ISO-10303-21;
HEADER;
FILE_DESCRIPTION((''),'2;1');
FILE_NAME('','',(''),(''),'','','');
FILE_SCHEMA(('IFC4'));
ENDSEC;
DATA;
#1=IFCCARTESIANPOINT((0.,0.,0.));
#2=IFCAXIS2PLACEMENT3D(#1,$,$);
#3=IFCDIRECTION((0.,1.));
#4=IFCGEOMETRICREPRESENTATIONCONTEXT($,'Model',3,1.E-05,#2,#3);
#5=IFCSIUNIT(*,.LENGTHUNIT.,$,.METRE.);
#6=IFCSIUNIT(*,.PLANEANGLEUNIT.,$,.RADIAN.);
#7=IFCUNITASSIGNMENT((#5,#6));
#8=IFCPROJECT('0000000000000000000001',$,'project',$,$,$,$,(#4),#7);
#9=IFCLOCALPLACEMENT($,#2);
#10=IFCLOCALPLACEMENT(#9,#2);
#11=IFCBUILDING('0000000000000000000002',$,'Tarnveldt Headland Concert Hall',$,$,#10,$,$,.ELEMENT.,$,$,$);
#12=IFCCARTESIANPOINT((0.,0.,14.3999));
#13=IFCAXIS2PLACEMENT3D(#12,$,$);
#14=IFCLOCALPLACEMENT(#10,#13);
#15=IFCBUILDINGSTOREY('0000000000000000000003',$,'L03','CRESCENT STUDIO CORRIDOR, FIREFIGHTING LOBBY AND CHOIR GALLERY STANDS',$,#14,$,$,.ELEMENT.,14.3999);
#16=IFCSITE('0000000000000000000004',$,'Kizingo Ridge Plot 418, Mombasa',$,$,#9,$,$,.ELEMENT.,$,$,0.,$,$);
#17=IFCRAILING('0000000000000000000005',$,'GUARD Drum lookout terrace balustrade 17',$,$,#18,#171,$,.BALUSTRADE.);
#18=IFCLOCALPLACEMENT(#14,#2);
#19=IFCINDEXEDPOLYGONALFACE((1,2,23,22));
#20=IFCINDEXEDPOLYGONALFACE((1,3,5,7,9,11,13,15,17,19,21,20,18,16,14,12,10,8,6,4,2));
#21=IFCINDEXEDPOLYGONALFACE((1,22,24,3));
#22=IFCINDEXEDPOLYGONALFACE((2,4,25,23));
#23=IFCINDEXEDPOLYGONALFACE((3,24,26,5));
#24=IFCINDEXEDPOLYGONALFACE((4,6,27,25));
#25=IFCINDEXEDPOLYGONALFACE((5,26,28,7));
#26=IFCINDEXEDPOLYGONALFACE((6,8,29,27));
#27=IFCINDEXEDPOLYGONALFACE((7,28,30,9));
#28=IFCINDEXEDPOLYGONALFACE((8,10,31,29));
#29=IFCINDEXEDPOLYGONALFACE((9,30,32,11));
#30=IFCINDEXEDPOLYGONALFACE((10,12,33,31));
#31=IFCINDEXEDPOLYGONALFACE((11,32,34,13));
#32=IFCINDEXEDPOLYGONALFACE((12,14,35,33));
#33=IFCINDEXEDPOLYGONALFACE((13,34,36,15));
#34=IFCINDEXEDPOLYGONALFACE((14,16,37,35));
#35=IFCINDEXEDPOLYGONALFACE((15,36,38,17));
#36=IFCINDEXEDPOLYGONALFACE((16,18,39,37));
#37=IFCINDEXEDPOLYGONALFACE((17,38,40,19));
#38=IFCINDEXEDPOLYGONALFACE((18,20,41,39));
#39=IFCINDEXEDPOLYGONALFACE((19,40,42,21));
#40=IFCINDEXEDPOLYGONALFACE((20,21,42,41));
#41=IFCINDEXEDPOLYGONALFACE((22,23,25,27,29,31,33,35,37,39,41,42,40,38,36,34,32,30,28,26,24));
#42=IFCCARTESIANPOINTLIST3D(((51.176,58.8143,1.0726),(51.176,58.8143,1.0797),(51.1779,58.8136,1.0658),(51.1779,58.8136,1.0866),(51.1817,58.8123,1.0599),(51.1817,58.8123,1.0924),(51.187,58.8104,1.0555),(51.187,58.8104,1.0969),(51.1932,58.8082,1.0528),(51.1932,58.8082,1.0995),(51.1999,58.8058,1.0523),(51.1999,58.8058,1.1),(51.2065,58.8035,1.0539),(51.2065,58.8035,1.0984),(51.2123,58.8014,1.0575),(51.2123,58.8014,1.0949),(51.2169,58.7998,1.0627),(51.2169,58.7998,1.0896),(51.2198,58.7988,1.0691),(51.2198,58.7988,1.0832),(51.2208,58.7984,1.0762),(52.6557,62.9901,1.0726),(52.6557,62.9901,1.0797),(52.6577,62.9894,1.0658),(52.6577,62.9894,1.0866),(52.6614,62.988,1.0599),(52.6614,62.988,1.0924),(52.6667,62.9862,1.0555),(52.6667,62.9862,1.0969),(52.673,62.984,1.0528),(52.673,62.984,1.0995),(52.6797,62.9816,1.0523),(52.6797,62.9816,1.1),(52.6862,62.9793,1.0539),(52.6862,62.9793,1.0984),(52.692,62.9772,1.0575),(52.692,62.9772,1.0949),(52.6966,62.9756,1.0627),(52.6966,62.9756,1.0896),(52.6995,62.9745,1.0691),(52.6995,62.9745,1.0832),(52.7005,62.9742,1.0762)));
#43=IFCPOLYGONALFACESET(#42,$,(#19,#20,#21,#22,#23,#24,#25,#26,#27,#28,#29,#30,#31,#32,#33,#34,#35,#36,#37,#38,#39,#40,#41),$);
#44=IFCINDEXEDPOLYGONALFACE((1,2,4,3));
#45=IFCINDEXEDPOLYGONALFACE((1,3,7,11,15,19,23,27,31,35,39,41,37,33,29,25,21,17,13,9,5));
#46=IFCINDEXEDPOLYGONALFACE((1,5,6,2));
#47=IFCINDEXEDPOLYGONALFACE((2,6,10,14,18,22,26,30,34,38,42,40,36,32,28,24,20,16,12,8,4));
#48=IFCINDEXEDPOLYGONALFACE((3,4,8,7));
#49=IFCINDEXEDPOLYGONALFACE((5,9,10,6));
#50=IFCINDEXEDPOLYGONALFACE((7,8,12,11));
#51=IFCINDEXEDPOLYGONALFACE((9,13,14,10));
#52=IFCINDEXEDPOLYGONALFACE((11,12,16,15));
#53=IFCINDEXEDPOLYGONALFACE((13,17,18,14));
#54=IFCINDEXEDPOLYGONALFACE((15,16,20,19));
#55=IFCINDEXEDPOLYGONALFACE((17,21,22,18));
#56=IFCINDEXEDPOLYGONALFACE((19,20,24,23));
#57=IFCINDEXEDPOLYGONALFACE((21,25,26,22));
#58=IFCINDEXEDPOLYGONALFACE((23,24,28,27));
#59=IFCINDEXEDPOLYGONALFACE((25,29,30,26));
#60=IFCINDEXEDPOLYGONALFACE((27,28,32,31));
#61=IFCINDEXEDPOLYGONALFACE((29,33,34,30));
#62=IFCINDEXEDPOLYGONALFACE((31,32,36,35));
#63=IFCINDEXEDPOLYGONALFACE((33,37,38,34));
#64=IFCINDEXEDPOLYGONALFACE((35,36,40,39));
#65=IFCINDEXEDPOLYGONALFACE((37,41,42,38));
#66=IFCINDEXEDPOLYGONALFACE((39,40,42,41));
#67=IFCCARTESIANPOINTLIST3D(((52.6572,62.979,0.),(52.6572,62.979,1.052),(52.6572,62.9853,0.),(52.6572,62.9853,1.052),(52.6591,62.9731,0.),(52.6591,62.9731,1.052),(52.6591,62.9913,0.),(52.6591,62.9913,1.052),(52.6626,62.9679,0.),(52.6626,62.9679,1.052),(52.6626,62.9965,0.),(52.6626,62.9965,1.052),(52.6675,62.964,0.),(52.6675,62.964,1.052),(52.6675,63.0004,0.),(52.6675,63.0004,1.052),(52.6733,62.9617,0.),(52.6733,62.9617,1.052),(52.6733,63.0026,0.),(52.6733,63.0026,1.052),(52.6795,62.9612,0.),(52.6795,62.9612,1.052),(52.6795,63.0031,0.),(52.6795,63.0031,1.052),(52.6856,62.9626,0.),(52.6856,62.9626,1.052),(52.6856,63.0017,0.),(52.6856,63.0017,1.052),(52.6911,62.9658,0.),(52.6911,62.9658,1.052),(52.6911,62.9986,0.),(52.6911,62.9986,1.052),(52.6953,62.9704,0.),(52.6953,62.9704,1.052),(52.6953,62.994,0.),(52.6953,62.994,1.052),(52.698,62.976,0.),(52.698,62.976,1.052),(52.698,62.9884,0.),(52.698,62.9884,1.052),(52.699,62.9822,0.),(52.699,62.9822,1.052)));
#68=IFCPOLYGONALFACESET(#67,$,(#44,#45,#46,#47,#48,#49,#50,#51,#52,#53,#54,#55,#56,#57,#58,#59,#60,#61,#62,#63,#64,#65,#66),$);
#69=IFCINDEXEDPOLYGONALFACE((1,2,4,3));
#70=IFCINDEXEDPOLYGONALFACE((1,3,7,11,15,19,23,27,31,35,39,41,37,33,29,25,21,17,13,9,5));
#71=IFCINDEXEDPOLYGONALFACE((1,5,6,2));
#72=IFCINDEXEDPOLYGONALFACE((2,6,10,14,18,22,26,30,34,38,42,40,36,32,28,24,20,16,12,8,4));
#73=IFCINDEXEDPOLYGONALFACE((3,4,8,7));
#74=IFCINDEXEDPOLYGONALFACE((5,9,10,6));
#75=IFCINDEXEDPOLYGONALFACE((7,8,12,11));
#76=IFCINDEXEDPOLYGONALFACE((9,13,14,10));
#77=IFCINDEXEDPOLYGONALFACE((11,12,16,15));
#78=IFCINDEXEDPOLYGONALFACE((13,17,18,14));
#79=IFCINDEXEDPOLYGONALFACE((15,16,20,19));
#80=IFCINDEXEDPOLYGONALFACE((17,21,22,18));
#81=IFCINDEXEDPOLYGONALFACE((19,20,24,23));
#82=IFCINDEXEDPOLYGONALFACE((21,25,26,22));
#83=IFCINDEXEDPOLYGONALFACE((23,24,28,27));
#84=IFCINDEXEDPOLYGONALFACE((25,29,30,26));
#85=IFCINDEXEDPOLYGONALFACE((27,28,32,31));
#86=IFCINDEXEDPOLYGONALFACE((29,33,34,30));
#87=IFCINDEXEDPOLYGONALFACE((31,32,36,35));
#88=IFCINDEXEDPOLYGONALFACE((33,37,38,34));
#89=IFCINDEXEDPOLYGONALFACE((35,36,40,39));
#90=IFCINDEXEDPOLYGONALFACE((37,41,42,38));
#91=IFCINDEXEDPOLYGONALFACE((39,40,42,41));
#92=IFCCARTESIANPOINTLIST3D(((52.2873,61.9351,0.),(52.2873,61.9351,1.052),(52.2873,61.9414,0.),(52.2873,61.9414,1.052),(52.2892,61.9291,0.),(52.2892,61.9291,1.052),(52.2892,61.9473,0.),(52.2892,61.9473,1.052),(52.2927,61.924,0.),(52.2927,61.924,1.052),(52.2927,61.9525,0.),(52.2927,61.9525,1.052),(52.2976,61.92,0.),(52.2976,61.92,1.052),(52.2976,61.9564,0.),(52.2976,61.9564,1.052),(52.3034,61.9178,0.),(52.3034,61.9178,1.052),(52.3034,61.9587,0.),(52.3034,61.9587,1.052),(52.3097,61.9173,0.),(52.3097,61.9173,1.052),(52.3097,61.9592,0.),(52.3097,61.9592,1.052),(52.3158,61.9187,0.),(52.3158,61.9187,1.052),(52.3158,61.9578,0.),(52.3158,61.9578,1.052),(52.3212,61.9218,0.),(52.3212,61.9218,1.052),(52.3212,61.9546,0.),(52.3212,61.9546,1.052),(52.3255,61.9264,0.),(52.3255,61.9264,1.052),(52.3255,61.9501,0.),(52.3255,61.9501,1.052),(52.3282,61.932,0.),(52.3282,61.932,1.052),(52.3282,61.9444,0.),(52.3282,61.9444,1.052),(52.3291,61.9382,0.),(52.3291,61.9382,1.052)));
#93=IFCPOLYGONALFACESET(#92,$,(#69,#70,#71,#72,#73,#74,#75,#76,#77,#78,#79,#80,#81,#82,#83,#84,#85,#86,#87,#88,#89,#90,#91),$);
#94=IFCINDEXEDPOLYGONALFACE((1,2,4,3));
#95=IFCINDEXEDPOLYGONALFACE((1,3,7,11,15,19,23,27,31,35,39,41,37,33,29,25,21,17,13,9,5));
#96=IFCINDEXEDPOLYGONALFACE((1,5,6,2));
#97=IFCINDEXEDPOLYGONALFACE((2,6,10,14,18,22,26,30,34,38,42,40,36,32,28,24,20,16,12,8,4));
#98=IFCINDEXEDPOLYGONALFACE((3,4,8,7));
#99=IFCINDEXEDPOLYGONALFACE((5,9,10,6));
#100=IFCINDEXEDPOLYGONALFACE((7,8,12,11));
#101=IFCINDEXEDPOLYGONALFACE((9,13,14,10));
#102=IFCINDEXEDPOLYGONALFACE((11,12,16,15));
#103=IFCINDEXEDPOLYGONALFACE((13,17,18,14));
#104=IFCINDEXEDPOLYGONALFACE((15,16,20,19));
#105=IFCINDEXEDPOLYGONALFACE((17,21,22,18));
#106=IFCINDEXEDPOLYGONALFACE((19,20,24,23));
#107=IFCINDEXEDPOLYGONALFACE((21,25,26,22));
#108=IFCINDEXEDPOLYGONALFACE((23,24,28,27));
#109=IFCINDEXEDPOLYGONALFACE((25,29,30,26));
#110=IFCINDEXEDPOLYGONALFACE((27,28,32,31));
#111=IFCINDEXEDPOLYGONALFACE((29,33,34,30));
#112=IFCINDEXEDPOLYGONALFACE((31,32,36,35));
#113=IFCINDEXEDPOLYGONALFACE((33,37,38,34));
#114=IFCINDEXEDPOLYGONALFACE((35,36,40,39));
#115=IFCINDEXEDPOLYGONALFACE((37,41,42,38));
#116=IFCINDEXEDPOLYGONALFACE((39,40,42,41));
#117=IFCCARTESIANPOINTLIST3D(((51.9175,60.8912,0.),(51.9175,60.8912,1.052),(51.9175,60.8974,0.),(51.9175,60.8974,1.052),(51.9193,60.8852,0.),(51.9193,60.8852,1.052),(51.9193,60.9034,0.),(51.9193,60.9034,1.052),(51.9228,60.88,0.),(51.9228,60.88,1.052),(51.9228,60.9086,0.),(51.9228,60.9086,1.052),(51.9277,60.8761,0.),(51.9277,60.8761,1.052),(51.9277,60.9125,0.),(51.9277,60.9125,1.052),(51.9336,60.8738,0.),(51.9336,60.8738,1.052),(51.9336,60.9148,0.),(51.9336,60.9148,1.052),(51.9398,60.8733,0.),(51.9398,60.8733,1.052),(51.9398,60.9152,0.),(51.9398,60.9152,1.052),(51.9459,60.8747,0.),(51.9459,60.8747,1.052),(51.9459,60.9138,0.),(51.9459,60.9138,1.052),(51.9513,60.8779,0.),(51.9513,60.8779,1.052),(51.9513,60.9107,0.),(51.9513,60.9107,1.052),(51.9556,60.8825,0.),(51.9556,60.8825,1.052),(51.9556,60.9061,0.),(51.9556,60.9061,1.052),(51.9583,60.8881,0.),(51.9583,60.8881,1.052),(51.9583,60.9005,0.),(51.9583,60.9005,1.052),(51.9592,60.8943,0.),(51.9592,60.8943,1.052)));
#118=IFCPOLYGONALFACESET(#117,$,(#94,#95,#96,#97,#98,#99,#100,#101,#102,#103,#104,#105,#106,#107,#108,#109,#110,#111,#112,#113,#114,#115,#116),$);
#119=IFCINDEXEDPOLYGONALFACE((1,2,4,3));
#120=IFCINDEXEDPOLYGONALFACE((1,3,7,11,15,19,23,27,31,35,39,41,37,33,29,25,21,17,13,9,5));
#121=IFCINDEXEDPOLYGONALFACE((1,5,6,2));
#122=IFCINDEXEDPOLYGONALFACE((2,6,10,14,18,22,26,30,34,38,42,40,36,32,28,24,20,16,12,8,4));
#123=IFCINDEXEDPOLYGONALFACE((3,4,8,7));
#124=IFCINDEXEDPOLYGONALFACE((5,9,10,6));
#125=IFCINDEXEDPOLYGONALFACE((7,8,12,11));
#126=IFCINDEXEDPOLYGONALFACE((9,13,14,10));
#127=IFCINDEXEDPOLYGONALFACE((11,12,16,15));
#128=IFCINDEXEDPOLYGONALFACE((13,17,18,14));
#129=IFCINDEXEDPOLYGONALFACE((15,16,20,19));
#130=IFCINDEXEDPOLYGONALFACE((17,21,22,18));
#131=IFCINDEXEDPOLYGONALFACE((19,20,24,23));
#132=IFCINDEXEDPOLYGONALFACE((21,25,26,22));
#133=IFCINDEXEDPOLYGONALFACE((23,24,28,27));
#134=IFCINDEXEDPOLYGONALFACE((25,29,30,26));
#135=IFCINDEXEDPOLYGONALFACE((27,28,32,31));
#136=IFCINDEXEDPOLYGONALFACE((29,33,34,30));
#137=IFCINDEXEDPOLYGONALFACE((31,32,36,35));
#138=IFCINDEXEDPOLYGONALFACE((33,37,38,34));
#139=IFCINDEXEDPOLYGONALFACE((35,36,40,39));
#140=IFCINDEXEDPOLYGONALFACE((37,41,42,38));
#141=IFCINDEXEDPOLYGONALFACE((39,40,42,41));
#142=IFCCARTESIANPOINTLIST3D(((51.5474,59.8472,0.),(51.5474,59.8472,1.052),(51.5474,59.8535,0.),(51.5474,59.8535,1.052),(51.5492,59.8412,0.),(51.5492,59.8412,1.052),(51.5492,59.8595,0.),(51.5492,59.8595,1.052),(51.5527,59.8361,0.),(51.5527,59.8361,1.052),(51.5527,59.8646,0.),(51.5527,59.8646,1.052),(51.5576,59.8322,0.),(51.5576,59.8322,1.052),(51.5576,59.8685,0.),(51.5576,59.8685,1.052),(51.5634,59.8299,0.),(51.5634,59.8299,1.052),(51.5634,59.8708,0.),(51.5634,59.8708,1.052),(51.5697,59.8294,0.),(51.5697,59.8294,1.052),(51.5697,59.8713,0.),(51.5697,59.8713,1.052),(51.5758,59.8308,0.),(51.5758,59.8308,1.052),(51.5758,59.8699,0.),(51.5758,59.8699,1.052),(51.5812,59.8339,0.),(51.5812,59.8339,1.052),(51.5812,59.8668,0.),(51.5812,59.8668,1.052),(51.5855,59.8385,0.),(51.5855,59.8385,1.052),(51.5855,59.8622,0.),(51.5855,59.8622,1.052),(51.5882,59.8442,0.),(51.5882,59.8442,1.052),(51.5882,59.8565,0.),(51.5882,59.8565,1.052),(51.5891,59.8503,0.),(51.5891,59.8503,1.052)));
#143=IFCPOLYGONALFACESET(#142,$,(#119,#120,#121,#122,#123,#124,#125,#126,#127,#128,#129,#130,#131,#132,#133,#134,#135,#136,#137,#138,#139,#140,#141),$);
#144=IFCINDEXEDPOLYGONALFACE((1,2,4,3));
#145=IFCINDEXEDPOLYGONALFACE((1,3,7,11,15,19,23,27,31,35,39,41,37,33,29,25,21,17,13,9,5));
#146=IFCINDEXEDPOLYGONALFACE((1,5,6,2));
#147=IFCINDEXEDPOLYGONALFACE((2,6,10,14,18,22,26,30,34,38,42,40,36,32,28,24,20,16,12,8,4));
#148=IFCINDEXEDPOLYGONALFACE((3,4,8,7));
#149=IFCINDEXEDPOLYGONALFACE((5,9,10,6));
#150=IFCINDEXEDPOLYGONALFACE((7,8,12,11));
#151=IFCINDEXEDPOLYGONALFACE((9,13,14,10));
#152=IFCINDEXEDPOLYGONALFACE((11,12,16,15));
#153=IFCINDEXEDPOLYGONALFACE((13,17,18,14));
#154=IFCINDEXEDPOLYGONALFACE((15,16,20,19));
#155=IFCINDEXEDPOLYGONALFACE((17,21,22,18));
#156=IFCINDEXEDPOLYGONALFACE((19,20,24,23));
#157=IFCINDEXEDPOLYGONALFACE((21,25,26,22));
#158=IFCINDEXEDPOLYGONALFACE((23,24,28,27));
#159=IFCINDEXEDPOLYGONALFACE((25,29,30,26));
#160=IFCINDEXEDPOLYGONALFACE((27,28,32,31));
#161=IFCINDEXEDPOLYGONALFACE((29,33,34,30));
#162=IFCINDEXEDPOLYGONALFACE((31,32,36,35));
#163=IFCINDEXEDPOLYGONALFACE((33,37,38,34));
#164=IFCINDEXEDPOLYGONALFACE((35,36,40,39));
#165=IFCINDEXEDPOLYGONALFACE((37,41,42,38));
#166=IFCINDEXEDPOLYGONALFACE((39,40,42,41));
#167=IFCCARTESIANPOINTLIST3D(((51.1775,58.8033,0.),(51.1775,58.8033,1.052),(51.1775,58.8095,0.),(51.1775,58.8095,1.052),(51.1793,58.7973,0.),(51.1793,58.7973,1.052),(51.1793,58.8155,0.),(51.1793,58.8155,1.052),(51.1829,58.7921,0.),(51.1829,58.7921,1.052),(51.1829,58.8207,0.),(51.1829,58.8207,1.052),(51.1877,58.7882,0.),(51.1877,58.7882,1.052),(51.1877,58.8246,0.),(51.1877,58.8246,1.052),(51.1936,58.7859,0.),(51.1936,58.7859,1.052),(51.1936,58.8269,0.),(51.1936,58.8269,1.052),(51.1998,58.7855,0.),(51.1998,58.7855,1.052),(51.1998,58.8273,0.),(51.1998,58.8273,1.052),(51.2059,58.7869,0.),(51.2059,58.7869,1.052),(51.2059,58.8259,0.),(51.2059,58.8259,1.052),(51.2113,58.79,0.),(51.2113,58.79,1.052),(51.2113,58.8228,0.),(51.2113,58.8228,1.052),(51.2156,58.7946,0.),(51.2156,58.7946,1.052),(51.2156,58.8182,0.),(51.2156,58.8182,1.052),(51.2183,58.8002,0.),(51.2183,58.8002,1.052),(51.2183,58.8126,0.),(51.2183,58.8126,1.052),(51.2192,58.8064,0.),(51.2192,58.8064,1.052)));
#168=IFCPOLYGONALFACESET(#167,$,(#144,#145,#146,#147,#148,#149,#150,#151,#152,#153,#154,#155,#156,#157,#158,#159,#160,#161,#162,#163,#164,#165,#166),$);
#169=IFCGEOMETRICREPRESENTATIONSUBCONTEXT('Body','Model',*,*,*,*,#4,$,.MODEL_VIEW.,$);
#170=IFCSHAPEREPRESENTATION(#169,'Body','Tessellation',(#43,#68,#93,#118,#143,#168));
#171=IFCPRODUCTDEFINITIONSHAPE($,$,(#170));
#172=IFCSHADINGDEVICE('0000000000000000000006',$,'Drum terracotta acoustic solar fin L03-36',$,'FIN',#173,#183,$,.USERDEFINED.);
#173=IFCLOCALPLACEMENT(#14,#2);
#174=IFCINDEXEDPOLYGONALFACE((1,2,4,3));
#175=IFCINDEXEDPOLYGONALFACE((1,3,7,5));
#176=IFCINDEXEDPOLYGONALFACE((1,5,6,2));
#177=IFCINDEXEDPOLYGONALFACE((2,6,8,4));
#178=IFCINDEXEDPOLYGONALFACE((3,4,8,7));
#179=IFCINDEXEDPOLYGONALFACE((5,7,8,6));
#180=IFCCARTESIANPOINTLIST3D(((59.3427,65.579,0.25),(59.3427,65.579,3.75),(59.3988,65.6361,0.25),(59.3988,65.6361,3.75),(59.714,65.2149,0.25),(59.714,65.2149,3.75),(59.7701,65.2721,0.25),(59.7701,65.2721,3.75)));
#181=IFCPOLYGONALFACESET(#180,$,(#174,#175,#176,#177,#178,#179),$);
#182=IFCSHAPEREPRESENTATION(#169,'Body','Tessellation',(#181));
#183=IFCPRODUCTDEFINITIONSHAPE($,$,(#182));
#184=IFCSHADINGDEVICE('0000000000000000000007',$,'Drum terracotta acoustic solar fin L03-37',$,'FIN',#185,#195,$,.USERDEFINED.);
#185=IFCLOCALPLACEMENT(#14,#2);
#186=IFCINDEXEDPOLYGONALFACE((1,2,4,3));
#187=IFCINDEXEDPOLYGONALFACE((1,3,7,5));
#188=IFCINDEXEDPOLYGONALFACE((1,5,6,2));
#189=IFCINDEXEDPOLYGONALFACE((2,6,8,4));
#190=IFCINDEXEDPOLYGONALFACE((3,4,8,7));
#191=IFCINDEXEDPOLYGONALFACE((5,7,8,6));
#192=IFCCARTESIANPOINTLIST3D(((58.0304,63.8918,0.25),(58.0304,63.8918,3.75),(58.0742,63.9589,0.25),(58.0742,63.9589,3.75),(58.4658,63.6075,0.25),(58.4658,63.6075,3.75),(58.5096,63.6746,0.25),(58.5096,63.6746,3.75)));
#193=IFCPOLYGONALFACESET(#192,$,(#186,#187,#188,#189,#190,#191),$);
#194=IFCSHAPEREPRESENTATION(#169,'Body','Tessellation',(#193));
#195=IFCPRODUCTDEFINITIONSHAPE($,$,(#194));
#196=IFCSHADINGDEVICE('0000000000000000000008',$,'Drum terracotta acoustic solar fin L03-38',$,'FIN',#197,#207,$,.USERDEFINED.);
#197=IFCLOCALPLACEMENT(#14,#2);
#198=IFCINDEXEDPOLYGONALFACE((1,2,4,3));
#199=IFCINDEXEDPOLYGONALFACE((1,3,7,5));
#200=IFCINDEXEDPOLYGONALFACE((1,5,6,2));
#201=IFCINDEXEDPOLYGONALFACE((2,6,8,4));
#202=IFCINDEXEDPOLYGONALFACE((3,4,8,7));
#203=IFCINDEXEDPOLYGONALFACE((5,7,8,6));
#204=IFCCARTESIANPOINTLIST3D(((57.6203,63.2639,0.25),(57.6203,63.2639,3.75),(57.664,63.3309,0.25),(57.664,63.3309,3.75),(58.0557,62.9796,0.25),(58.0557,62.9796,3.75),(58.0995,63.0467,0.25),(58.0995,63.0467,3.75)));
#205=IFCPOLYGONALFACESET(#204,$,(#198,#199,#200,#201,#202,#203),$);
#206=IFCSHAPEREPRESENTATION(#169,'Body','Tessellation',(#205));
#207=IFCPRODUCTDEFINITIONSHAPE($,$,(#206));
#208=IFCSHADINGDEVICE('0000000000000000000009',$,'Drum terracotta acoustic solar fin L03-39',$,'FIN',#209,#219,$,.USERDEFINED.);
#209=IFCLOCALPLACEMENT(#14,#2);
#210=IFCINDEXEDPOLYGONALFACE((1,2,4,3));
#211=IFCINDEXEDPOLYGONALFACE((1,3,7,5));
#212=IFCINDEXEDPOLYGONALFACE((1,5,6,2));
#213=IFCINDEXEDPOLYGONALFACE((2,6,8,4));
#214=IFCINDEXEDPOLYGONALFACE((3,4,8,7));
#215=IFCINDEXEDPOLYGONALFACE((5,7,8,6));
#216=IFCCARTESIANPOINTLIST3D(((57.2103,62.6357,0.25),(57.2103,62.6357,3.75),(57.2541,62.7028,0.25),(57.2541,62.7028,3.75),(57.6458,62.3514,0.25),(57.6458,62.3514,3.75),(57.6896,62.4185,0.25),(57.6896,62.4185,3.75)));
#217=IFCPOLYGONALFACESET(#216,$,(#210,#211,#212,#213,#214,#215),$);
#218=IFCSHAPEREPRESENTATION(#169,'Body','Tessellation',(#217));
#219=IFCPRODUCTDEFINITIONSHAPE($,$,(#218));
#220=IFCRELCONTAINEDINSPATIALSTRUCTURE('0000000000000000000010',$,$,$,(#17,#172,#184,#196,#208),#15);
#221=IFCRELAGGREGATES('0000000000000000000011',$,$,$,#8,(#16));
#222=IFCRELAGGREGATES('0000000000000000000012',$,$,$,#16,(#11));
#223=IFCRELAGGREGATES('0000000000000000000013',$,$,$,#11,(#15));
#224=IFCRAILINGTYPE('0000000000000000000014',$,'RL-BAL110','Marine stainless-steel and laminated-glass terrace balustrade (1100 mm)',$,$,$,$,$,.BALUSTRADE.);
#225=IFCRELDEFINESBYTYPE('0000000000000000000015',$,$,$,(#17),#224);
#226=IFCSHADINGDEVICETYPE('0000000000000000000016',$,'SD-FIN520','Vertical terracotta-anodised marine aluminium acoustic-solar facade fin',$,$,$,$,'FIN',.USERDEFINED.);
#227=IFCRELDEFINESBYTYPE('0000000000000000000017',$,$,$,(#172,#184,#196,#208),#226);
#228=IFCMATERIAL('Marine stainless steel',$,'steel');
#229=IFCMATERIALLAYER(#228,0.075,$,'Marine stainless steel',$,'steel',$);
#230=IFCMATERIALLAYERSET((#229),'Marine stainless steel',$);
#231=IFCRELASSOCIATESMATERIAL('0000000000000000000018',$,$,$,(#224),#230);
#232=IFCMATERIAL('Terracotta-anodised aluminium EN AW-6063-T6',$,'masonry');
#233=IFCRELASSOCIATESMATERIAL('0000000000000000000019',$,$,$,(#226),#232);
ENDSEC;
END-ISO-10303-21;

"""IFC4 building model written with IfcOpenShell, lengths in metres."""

from ifc_helpers import new_model, si_unit, direction, frame, origin, origin_2d, place, context, subcontext, project, spatial, rectangle, circle, extrude, material, layer, layer_set, type_object, element, save


model = new_model("IFC4")

# Units and contexts
model_context = context("Model", 3, precision=1e-05, world=origin(), true_north=direction((0.0, 1.0)))
body_context = subcontext(model_context, "Body", "Model", "MODEL_VIEW")
ifc_project = project(units=[si_unit("LENGTHUNIT", "METRE"), si_unit("PLANEANGLEUNIT", "RADIAN")], contexts=[model_context])

# Site, building, storey
site_placement = place(None, origin())
site = spatial("IfcSite", under=ifc_project, at=site_placement, Name="Kizingo Ridge Plot 418, Mombasa", CompositionType="ELEMENT", RefElevation=0.0)
building_placement = place(site_placement, origin())
building = spatial("IfcBuilding", under=site, at=building_placement, Name="Tarnveldt Headland Concert Hall", CompositionType="ELEMENT")
storey_placement = place(building_placement, frame((0.0, 0.0, 14.3999)))
storey = spatial("IfcBuildingStorey", under=building, at=storey_placement, Name="L03", Description="CRESCENT STUDIO CORRIDOR, FIREFIGHTING LOBBY AND CHOIR GALLERY STANDS", CompositionType="ELEMENT", Elevation=14.3999)

# Railing
ifc_material_1 = material(Name="Marine stainless steel", Category="steel")
ifc_layer_1 = layer(ifc_material_1, 0.075, Name="Marine stainless steel", Category="steel")
ifc_layer_set_1 = layer_set([ifc_layer_1], Name="Marine stainless steel")
railing_type = type_object("IfcRailingType", Name="RL-BAL110", Description="Marine stainless-steel and laminated-glass terrace balustrade (1100 mm)", PredefinedType="BALUSTRADE", material=ifc_layer_set_1)
railing_1_placement = place(storey_placement, frame((52.678, 62.9822, 0.0)))
element("IfcRailing", 1, at=railing_1_placement, inside=storey, type_object=railing_type, Name="GUARD Drum lookout terrace balustrade 17", PredefinedType="BALUSTRADE", context=body_context, shape_type="SweptSolid", body=[
    extrude(circle(Radius=0.0239, at=origin_2d()), frame((0.0, 0.0, 1.0762), z_axis=(-0.33401, -0.942569, 0.0), x_axis=(0.942569, -0.33401, 0.0)), (0.0, 0.0, 1.0), 4.4302),
    extrude(circle(Radius=0.021, at=origin_2d()), origin(), (0.0, 0.0, 1.0), 1.052),
    extrude(circle(Radius=0.021, at=origin_2d()), frame((-0.3699, -1.0439, 0.0)), (0.0, 0.0, 1.0), 1.052),
    extrude(circle(Radius=0.021, at=origin_2d()), frame((-0.7397, -2.0879, 0.0)), (0.0, 0.0, 1.0), 1.052),
    extrude(circle(Radius=0.021, at=origin_2d()), frame((-1.1099, -3.1318, 0.0)), (0.0, 0.0, 1.0), 1.052),
    extrude(circle(Radius=0.021, at=origin_2d()), frame((-1.4797, -4.1758, 0.0)), (0.0, 0.0, 1.0), 1.052),
])

# Shading devices
ifc_material_2 = material(Name="Terracotta-anodised aluminium EN AW-6063-T6", Category="masonry")
shading_device_type = type_object("IfcShadingDeviceType", Name="SD-FIN520", Description="Vertical terracotta-anodised marine aluminium acoustic-solar facade fin", ElementType="FIN", PredefinedType="USERDEFINED", material=ifc_material_2)
for number, where, z_axis, x_axis, name in (
    (2, (59.5564, 65.4255, 0.25), (0.0, 0.0, 1.0), (-0.714106, 0.700037, 0.0), "Drum terracotta acoustic solar fin L03-36"),
    (3, (58.27, 63.7832, 0.25), (0.0, 0.0, 1.0), (-0.837337, 0.546687, 0.0), "Drum terracotta acoustic solar fin L03-37"),
    (4, (57.8599, 63.1553, 0.25), (0.0, 0.0, 1.0), (-0.837337, 0.546687, 0.0), "Drum terracotta acoustic solar fin L03-38"),
    (5, (57.45, 62.5271, 0.25), (0.0, 0.0, 1.0), (-0.837337, 0.546687, 0.0), "Drum terracotta acoustic solar fin L03-39"),
):
    element("IfcShadingDevice", number, at=place(storey_placement, frame(where, z_axis=z_axis, x_axis=x_axis)), inside=storey, type_object=shading_device_type, Name=name, ObjectType="FIN", PredefinedType="USERDEFINED", context=body_context, shape_type="SweptSolid", body=[
        extrude(rectangle(XDim=0.52, YDim=0.0801, at=origin_2d()), origin(), (0.0, 0.0, 1.0), 3.5),
    ])

save(model, "model.ifc")
